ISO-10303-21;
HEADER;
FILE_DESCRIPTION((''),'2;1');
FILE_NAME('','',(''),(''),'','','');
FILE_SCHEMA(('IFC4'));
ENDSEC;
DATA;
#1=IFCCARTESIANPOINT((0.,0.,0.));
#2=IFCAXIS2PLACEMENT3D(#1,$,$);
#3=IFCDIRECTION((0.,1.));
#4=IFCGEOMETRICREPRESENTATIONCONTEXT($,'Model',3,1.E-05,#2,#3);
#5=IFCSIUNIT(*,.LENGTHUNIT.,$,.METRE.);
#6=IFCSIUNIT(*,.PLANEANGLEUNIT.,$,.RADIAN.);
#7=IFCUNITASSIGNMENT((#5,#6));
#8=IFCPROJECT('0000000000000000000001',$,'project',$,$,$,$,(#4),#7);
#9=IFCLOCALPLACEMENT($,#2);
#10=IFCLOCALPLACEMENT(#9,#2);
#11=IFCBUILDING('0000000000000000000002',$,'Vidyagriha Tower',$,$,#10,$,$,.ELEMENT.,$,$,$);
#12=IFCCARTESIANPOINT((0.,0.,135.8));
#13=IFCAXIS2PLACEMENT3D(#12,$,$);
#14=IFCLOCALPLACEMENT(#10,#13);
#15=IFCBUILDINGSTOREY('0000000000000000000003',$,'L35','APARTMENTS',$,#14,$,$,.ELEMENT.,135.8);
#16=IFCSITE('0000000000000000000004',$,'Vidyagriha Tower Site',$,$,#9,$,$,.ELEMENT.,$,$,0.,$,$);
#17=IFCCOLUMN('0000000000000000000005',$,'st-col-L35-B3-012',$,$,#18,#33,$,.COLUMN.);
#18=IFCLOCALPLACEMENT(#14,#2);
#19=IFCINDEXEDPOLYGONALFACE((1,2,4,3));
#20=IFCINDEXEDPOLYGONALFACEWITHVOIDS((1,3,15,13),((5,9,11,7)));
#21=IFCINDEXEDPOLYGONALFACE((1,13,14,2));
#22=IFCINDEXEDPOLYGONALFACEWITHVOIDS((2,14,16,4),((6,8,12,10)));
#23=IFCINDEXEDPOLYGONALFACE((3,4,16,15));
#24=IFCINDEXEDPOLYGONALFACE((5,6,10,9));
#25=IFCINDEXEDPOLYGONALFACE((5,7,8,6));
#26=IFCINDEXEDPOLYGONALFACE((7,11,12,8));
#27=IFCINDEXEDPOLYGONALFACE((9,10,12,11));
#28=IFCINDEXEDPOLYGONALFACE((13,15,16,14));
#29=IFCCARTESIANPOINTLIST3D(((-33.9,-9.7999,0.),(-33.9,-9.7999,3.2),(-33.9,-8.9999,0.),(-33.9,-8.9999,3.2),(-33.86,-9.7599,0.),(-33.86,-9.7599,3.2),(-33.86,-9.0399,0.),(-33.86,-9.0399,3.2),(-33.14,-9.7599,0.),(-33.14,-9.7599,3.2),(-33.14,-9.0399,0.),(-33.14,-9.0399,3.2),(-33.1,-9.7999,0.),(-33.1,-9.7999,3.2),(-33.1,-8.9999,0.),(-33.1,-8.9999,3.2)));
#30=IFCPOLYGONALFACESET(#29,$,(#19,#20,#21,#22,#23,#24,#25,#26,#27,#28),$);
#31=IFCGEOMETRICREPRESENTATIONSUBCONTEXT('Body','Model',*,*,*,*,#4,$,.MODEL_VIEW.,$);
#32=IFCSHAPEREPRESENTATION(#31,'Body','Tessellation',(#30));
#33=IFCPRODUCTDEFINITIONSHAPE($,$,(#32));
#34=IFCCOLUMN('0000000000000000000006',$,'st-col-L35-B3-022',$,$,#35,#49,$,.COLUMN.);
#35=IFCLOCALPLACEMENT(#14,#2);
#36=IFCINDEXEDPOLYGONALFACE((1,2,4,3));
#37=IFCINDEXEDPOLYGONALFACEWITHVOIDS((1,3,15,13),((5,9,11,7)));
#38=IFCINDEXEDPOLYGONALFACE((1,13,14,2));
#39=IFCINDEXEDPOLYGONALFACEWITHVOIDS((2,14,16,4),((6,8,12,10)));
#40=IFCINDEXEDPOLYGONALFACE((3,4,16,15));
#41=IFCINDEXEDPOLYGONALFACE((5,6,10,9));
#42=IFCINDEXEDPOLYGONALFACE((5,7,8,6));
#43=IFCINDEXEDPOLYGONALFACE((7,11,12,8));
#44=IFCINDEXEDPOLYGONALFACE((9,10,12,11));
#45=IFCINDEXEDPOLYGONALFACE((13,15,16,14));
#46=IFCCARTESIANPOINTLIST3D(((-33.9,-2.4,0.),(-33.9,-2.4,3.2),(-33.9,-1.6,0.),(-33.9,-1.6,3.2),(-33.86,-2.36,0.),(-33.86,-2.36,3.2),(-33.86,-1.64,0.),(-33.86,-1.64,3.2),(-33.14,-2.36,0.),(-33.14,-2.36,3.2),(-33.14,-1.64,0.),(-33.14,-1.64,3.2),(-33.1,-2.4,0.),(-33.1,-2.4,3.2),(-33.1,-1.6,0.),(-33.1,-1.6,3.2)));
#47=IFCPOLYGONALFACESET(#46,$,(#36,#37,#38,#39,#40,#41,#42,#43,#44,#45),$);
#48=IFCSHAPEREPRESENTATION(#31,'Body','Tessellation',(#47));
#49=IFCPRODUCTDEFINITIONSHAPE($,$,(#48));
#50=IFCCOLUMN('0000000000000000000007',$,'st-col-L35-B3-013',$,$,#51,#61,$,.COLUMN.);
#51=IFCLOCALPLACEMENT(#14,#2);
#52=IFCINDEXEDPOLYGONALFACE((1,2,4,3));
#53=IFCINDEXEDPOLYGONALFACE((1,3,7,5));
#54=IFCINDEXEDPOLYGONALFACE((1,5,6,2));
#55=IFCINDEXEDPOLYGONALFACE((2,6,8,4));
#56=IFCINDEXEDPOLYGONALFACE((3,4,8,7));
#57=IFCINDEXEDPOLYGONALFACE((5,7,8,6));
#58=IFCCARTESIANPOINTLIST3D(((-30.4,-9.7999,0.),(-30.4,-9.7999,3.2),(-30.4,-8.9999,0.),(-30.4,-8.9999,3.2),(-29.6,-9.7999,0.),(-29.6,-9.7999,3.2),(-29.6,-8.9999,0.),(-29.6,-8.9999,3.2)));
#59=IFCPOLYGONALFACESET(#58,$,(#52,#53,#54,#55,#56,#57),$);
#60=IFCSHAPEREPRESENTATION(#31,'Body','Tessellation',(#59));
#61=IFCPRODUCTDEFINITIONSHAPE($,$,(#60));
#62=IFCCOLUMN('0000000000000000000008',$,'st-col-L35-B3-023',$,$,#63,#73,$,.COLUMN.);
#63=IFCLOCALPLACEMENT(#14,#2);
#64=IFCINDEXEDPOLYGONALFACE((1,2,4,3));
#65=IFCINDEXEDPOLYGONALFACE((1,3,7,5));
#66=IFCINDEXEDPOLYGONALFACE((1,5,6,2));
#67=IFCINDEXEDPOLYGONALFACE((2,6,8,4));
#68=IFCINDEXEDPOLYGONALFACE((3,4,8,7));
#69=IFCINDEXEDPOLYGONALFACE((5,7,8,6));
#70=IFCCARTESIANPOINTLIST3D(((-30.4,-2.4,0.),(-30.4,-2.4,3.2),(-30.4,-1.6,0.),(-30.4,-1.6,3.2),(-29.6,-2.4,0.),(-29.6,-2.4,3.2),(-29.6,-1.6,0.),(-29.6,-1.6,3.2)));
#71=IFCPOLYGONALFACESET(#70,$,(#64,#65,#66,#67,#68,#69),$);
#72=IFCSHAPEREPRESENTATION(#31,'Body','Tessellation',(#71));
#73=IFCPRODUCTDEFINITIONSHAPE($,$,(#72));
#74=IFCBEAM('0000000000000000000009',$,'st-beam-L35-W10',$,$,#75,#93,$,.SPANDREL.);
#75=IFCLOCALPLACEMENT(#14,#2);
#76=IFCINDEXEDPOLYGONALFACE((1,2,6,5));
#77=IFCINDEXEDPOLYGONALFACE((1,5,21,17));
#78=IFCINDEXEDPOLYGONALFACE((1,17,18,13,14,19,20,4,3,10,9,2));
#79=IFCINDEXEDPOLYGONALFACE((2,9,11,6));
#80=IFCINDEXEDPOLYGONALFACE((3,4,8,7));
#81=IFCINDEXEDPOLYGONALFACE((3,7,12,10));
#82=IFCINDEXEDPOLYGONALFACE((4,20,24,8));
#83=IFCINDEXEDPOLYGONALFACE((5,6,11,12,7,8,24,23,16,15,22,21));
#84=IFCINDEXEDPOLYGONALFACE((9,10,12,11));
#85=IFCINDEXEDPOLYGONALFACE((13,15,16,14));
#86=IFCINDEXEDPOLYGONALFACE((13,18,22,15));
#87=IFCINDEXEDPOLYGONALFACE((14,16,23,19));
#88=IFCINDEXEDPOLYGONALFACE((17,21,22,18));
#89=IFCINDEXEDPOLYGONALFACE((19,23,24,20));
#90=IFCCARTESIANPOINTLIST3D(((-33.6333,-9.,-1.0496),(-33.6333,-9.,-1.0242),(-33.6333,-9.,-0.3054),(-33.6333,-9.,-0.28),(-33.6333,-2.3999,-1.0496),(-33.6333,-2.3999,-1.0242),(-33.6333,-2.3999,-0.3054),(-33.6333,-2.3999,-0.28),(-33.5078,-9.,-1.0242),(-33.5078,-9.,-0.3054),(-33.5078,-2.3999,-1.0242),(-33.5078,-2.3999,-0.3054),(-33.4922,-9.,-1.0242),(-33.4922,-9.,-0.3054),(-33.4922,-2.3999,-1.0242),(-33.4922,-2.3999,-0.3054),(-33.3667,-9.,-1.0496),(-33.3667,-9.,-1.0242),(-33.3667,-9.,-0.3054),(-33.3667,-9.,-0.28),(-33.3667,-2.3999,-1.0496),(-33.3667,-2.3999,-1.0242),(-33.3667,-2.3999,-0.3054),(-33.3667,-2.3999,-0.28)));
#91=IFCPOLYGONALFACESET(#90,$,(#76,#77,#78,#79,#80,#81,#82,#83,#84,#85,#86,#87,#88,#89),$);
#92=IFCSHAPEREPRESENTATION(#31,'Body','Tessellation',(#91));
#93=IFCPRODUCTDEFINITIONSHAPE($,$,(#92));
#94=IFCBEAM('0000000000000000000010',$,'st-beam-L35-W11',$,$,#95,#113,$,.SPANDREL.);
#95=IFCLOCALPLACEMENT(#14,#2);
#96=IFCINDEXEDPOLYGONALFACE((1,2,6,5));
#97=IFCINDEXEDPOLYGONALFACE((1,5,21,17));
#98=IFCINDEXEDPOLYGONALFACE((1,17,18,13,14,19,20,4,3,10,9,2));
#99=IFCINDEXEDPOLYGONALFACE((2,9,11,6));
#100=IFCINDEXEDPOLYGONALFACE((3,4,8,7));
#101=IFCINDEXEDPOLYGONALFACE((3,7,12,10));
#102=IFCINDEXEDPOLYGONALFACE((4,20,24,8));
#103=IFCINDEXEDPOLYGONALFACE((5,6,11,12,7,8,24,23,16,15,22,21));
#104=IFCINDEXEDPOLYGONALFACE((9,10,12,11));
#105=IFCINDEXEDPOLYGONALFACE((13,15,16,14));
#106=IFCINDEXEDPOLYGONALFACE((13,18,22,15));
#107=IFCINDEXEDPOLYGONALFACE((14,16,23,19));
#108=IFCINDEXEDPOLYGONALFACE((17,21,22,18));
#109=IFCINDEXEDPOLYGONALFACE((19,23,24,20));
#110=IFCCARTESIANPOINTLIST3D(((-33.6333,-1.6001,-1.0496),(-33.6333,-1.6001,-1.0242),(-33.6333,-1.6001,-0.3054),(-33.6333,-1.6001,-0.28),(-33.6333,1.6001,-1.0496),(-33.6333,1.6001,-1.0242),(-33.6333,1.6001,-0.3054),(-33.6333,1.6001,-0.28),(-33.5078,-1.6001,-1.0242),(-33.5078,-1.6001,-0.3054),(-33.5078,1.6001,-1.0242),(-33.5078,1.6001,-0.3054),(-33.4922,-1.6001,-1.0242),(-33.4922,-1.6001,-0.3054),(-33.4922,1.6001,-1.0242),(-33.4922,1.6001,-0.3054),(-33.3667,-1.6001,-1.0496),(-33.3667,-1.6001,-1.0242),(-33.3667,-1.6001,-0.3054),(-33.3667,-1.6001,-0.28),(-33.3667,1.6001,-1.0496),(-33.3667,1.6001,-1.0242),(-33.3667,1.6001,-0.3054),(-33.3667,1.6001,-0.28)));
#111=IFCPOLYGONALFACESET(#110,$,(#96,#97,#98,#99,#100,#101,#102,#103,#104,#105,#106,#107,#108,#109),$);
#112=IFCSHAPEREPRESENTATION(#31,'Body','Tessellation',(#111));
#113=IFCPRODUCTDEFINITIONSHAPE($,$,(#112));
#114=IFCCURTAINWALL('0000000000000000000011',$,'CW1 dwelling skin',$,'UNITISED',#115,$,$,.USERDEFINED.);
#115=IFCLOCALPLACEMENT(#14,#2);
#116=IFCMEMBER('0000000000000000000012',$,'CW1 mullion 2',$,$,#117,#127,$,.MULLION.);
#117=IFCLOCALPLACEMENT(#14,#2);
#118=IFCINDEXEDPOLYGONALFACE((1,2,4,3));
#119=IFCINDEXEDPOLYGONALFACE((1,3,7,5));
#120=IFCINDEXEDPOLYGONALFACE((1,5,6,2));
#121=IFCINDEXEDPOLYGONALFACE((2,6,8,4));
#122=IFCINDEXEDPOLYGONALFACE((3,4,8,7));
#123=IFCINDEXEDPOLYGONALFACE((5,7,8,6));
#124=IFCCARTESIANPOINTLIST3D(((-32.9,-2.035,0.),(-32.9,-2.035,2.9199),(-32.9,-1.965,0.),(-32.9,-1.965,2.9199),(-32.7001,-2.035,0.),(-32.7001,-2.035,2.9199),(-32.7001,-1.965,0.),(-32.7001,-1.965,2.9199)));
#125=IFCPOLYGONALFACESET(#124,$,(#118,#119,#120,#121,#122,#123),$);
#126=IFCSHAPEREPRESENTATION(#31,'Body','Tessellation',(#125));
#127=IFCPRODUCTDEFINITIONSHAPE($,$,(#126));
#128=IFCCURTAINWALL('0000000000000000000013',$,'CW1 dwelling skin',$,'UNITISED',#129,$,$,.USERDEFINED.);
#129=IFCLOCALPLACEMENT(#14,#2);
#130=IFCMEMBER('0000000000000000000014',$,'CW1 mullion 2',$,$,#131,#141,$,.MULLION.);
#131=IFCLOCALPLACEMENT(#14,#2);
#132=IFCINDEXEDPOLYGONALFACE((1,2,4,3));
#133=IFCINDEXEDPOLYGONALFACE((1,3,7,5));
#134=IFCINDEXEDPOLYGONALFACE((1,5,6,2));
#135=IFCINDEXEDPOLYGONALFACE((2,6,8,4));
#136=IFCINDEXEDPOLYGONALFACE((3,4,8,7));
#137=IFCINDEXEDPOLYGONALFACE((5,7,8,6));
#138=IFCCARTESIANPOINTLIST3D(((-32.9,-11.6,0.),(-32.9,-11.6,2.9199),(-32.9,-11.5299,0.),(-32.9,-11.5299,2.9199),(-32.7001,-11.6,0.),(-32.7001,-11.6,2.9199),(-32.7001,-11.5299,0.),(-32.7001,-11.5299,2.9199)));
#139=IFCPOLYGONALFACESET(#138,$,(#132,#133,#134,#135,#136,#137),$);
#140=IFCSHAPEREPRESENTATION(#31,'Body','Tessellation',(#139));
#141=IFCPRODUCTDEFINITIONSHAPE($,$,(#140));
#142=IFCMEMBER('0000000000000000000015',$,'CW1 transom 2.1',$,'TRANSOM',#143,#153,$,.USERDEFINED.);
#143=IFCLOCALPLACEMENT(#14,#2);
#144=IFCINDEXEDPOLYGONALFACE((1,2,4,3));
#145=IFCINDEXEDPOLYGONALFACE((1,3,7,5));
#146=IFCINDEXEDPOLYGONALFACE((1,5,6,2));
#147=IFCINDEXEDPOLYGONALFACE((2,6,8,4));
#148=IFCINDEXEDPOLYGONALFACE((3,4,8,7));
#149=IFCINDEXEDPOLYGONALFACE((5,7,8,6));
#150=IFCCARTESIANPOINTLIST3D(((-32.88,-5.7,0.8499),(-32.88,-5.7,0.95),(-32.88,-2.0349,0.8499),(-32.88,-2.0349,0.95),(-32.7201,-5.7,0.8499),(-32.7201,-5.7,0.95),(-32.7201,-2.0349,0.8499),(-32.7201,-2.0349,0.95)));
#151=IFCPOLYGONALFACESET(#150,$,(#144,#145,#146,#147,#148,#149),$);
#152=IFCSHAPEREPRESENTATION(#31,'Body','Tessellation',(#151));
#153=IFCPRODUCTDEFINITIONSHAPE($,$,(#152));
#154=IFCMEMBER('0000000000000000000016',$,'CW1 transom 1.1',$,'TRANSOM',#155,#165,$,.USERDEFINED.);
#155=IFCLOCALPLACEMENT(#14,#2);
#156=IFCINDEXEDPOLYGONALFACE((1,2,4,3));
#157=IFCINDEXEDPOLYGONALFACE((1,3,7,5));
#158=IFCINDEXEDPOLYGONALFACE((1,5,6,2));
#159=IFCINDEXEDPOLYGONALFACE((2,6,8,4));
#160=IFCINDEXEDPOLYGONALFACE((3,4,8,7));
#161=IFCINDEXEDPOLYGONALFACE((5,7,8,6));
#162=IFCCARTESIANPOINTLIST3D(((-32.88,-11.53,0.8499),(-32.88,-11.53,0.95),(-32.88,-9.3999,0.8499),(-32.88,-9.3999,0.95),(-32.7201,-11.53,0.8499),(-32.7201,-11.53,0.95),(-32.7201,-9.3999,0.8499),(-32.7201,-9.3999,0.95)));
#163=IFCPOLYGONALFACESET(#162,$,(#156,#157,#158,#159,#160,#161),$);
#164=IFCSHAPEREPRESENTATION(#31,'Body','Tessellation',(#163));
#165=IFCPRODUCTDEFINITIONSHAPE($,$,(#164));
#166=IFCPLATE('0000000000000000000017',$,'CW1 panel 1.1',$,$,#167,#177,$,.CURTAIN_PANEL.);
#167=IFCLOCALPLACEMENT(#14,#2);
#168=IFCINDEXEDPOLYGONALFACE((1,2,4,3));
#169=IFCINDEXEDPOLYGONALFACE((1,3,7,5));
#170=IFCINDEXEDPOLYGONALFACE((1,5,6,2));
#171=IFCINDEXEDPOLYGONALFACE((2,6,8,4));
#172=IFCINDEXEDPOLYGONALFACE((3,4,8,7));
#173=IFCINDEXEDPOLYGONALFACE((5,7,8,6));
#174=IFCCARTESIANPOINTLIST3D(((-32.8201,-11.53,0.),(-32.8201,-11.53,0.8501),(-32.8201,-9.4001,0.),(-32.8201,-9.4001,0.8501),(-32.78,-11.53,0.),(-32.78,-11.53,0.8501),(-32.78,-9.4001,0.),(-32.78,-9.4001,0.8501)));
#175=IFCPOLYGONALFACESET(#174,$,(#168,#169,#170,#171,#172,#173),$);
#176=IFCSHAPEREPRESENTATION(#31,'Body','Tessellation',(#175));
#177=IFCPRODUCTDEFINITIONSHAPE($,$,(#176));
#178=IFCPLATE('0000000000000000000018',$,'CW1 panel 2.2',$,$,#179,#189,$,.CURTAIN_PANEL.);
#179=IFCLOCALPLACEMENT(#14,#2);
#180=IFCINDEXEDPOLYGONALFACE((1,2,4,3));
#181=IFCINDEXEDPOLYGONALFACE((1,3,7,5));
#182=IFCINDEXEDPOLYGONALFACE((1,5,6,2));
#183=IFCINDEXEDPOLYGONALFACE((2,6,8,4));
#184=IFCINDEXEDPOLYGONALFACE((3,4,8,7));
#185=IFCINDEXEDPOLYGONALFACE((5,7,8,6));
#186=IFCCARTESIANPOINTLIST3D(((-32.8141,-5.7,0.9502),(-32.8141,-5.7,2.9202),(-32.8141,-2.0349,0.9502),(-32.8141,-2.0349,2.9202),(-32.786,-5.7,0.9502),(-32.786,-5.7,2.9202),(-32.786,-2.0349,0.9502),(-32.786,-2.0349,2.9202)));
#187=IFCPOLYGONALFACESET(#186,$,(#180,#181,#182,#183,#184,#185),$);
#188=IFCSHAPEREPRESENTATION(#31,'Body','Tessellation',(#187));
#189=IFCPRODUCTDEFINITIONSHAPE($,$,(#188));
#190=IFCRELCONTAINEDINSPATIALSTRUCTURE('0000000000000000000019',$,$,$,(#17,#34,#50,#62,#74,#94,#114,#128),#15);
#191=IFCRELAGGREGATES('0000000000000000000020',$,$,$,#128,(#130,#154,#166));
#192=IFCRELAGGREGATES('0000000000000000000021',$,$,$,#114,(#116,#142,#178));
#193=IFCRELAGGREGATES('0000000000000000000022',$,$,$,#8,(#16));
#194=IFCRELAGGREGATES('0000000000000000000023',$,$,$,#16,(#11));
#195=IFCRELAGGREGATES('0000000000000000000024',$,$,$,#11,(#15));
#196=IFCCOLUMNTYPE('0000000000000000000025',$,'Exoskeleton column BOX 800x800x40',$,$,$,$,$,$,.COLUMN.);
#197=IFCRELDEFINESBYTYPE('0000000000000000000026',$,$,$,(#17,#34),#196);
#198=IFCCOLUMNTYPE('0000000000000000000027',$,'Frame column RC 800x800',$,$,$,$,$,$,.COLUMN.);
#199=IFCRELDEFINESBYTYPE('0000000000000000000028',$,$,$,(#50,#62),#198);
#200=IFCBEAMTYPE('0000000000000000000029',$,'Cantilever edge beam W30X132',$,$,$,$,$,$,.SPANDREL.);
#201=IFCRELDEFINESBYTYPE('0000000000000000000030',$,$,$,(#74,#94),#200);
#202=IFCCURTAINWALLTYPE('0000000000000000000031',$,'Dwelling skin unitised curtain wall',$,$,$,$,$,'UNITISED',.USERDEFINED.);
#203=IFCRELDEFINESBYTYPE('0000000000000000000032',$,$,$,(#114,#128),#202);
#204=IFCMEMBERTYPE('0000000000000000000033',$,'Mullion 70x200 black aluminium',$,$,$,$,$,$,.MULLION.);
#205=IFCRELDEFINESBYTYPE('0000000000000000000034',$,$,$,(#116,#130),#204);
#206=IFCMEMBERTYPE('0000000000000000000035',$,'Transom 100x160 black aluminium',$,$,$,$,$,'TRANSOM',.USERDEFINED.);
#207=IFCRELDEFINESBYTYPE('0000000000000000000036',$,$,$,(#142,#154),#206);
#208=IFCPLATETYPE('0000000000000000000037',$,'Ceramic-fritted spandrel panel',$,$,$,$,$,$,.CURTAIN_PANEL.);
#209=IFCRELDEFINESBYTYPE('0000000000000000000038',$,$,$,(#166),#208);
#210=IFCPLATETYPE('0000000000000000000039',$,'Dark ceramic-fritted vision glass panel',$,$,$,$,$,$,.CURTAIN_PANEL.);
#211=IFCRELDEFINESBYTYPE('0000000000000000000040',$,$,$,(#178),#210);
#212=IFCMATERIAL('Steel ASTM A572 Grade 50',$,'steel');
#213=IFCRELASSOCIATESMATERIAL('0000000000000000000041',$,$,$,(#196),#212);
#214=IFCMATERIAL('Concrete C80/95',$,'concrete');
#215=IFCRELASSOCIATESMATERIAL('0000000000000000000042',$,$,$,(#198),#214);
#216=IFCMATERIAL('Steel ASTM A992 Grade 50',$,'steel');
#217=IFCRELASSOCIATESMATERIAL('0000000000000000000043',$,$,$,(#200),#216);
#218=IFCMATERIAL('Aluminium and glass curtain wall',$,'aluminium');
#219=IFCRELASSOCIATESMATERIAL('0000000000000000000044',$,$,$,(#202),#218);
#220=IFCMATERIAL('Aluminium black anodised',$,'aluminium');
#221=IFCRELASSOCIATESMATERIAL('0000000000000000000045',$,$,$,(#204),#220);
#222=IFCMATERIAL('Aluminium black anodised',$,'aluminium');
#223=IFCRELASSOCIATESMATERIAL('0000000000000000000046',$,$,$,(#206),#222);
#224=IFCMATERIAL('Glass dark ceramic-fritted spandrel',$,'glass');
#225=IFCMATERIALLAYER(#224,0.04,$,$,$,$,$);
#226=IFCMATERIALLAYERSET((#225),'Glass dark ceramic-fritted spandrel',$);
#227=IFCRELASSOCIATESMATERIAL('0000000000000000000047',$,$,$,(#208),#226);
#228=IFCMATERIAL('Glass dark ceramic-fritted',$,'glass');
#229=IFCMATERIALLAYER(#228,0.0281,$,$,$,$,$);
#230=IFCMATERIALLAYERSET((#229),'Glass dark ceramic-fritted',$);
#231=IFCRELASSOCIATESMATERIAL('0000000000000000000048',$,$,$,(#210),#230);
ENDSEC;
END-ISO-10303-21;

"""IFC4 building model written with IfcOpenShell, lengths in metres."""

from ifc_helpers import new_model, si_unit, direction, frame, origin, origin_2d, place, context, subcontext, project, spatial, rectangle, hollow_rectangle, i_section, extrude, material, layer, layer_set, material_profile, profile_set, type_object, element, aggregate, save


model = new_model("IFC4")

# Units and contexts
model_context = context("Model", 3, precision=1e-05, world=origin(), true_north=direction((0.0, 1.0)))
body_context = subcontext(model_context, "Body", "Model", "MODEL_VIEW")
ifc_project = project(units=[si_unit("LENGTHUNIT", "METRE"), si_unit("PLANEANGLEUNIT", "RADIAN")], contexts=[model_context])

# Site, building, storey
site_placement = place(None, origin())
site = spatial("IfcSite", under=ifc_project, at=site_placement, Name="Vidyagriha Tower Site", CompositionType="ELEMENT", RefElevation=0.0)
building_placement = place(site_placement, origin())
building = spatial("IfcBuilding", under=site, at=building_placement, Name="Vidyagriha Tower", CompositionType="ELEMENT")
storey_placement = place(building_placement, frame((0.0, 0.0, 135.8)))
storey = spatial("IfcBuildingStorey", under=building, at=storey_placement, Name="L35", Description="APARTMENTS", CompositionType="ELEMENT", Elevation=135.8)

# Columns
ifc_material_1 = material(Name="Steel ASTM A572 Grade 50", Category="steel")
ifc_material_profile_1 = material_profile(ifc_material_1, hollow_rectangle(XDim=0.8, YDim=0.8, WallThickness=0.04, at=origin_2d()), Name="BOX 800x800x40")
ifc_profile_set_1 = profile_set([ifc_material_profile_1], Name="Steel ASTM A572 Grade 50")
column_type_1 = type_object("IfcColumnType", Name="Exoskeleton column BOX 800x800x40", PredefinedType="COLUMN", material=ifc_profile_set_1)
for number, where, name in (
    (1, (-33.5, -9.3999, 0.0), "st-col-L35-B3-012"),
    (2, (-33.5, -2.0, 0.0), "st-col-L35-B3-022"),
):
    element("IfcColumn", number, at=place(storey_placement, frame(where)), inside=storey, type_object=column_type_1, Name=name, PredefinedType="COLUMN", context=body_context, shape_type="SweptSolid", body=[
        extrude(hollow_rectangle(XDim=0.8, YDim=0.8, WallThickness=0.04, at=origin_2d()), origin(), (0.0, 0.0, 1.0), 3.2),
    ])
ifc_material_2 = material(Name="Concrete C80/95", Category="concrete")
ifc_material_profile_2 = material_profile(ifc_material_2, rectangle(XDim=0.8, YDim=0.8, at=origin_2d()), Name="RC 800x800")
ifc_profile_set_2 = profile_set([ifc_material_profile_2], Name="Concrete C80/95")
column_type_2 = type_object("IfcColumnType", Name="Frame column RC 800x800", PredefinedType="COLUMN", material=ifc_profile_set_2)
for number, where, name in (
    (3, (-30.0, -9.3999, 0.0), "st-col-L35-B3-013"),
    (4, (-30.0, -2.0, 0.0), "st-col-L35-B3-023"),
):
    element("IfcColumn", number, at=place(storey_placement, frame(where)), inside=storey, type_object=column_type_2, Name=name, PredefinedType="COLUMN", context=body_context, shape_type="SweptSolid", body=[
        extrude(rectangle(XDim=0.8, YDim=0.8, at=origin_2d()), origin(), (0.0, 0.0, 1.0), 3.2),
    ])

# Beams
ifc_material_3 = material(Name="Steel ASTM A992 Grade 50", Category="steel")
ifc_material_profile_3 = material_profile(ifc_material_3, i_section(OverallWidth=0.2666, OverallDepth=0.7695, WebThickness=0.0156, FlangeThickness=0.0254, at=origin_2d()), Name="W30X132")
ifc_profile_set_3 = profile_set([ifc_material_profile_3], Name="Steel ASTM A992 Grade 50")
beam_type = type_object("IfcBeamType", Name="Cantilever edge beam W30X132", PredefinedType="SPANDREL", material=ifc_profile_set_3)
beam_1_placement = place(storey_placement, frame((-33.5, -9.0, -0.6648), z_axis=(0.0, 1.0, 0.0), x_axis=(-1.0, 0.0, 0.0)))
element("IfcBeam", 5, at=beam_1_placement, inside=storey, type_object=beam_type, Name="st-beam-L35-W10", PredefinedType="SPANDREL", context=body_context, shape_type="SweptSolid", body=[
    extrude(i_section(OverallWidth=0.2666, OverallDepth=0.7695, WebThickness=0.0156, FlangeThickness=0.0254, at=origin_2d()), origin(), (0.0, 0.0, 1.0), 6.6001),
])
beam_2_placement = place(storey_placement, frame((-33.5, -1.6001, -0.6648), z_axis=(0.0, 1.0, 0.0), x_axis=(-1.0, 0.0, 0.0)))
element("IfcBeam", 6, at=beam_2_placement, inside=storey, type_object=beam_type, Name="st-beam-L35-W11", PredefinedType="SPANDREL", context=body_context, shape_type="SweptSolid", body=[
    extrude(i_section(OverallWidth=0.2666, OverallDepth=0.7695, WebThickness=0.0156, FlangeThickness=0.0254, at=origin_2d()), origin(), (0.0, 0.0, 1.0), 3.2002),
])

# Curtain walls, members
ifc_material_4 = material(Name="Aluminium and glass curtain wall", Category="aluminium")
curtain_wall_type = type_object("IfcCurtainWallType", Name="Dwelling skin unitised curtain wall", ElementType="UNITISED", PredefinedType="USERDEFINED", material=ifc_material_4)
curtain_wall_1_placement = place(storey_placement, origin())
curtain_wall_1 = element("IfcCurtainWall", 7, at=curtain_wall_1_placement, inside=storey, type_object=curtain_wall_type, Name="CW1 dwelling skin", ObjectType="UNITISED", PredefinedType="USERDEFINED")
ifc_material_5 = material(Name="Aluminium black anodised", Category="aluminium")
ifc_material_profile_4 = material_profile(ifc_material_5, rectangle(XDim=0.2, YDim=0.0701, at=origin_2d()), Name="Mullion 70x200 black aluminium")
ifc_profile_set_4 = profile_set([ifc_material_profile_4], Name="Aluminium black anodised")
member_type_1 = type_object("IfcMemberType", Name="Mullion 70x200 black aluminium", PredefinedType="MULLION", material=ifc_profile_set_4)
member_1_placement = place(storey_placement, frame((-32.8, -2.0, 0.0)))
member_1 = element("IfcMember", 8, at=member_1_placement, type_object=member_type_1, Name="CW1 mullion 2", PredefinedType="MULLION", context=body_context, shape_type="SweptSolid", body=[
    extrude(rectangle(XDim=0.2, YDim=0.0701, at=origin_2d()), origin(), (0.0, 0.0, 1.0), 2.9199),
])
curtain_wall_2_placement = place(storey_placement, origin())
curtain_wall_2 = element("IfcCurtainWall", 9, at=curtain_wall_2_placement, inside=storey, type_object=curtain_wall_type, Name="CW1 dwelling skin", ObjectType="UNITISED", PredefinedType="USERDEFINED")
member_2_placement = place(storey_placement, frame((-32.8, -11.5649, 0.0)))
member_2 = element("IfcMember", 10, at=member_2_placement, type_object=member_type_1, Name="CW1 mullion 2", PredefinedType="MULLION", context=body_context, shape_type="SweptSolid", body=[
    extrude(rectangle(XDim=0.2, YDim=0.0701, at=origin_2d()), origin(), (0.0, 0.0, 1.0), 2.9199),
])

# Members
ifc_material_6 = material(Name="Aluminium black anodised", Category="aluminium")
ifc_material_profile_5 = material_profile(ifc_material_6, rectangle(XDim=0.1599, YDim=0.1001, at=origin_2d()), Name="Transom 100x160 black aluminium")
ifc_profile_set_5 = profile_set([ifc_material_profile_5], Name="Aluminium black anodised")
member_type_2 = type_object("IfcMemberType", Name="Transom 100x160 black aluminium", ElementType="TRANSOM", PredefinedType="USERDEFINED", material=ifc_profile_set_5)
member_3_placement = place(storey_placement, frame((-32.8, -2.0349, 0.8999), z_axis=(0.0, -1.0, 0.0), x_axis=(1.0, 0.0, 0.0)))
member_3 = element("IfcMember", 11, at=member_3_placement, type_object=member_type_2, Name="CW1 transom 2.1", ObjectType="TRANSOM", PredefinedType="USERDEFINED", context=body_context, shape_type="SweptSolid", body=[
    extrude(rectangle(XDim=0.1599, YDim=0.1001, at=origin_2d()), origin(), (0.0, 0.0, 1.0), 3.665),
])
member_4_placement = place(storey_placement, frame((-32.8, -9.3999, 0.8999), z_axis=(0.0, -1.0, 0.0), x_axis=(1.0, 0.0, 0.0)))
member_4 = element("IfcMember", 12, at=member_4_placement, type_object=member_type_2, Name="CW1 transom 1.1", ObjectType="TRANSOM", PredefinedType="USERDEFINED", context=body_context, shape_type="SweptSolid", body=[
    extrude(rectangle(XDim=0.1599, YDim=0.1001, at=origin_2d()), origin(), (0.0, 0.0, 1.0), 2.1301),
])

# Plates
ifc_material_7 = material(Name="Glass dark ceramic-fritted spandrel", Category="glass")
ifc_layer_1 = layer(ifc_material_7, 0.04)
ifc_layer_set_1 = layer_set([ifc_layer_1], Name="Glass dark ceramic-fritted spandrel")
plate_type_1 = type_object("IfcPlateType", Name="Ceramic-fritted spandrel panel", PredefinedType="CURTAIN_PANEL", material=ifc_layer_set_1)
plate_1_placement = place(storey_placement, frame((-32.8, -10.4651, 0.0), z_axis=(0.0, 0.0, 1.0), x_axis=(0.0, -1.0, 0.0)))
plate_1 = element("IfcPlate", 13, at=plate_1_placement, type_object=plate_type_1, Name="CW1 panel 1.1", PredefinedType="CURTAIN_PANEL", context=body_context, shape_type="SweptSolid", body=[
    extrude(rectangle(XDim=2.1299, YDim=0.04, at=origin_2d()), origin(), (0.0, 0.0, 1.0), 0.8501),
])
ifc_material_8 = material(Name="Glass dark ceramic-fritted", Category="glass")
ifc_layer_2 = layer(ifc_material_8, 0.0281)
ifc_layer_set_2 = layer_set([ifc_layer_2], Name="Glass dark ceramic-fritted")
plate_type_2 = type_object("IfcPlateType", Name="Dark ceramic-fritted vision glass panel", PredefinedType="CURTAIN_PANEL", material=ifc_layer_set_2)
plate_2_placement = place(storey_placement, frame((-32.8, -3.8674, 0.9502), z_axis=(0.0, 0.0, 1.0), x_axis=(0.0, -1.0, 0.0)))
plate_2 = element("IfcPlate", 14, at=plate_2_placement, type_object=plate_type_2, Name="CW1 panel 2.2", PredefinedType="CURTAIN_PANEL", context=body_context, shape_type="SweptSolid", body=[
    extrude(rectangle(XDim=3.665, YDim=0.0281, at=origin_2d()), origin(), (0.0, 0.0, 1.0), 1.97),
])
aggregate(curtain_wall_2, [member_2, member_4, plate_1])
aggregate(curtain_wall_1, [member_1, member_3, plate_2])

save(model, "model.ifc")
